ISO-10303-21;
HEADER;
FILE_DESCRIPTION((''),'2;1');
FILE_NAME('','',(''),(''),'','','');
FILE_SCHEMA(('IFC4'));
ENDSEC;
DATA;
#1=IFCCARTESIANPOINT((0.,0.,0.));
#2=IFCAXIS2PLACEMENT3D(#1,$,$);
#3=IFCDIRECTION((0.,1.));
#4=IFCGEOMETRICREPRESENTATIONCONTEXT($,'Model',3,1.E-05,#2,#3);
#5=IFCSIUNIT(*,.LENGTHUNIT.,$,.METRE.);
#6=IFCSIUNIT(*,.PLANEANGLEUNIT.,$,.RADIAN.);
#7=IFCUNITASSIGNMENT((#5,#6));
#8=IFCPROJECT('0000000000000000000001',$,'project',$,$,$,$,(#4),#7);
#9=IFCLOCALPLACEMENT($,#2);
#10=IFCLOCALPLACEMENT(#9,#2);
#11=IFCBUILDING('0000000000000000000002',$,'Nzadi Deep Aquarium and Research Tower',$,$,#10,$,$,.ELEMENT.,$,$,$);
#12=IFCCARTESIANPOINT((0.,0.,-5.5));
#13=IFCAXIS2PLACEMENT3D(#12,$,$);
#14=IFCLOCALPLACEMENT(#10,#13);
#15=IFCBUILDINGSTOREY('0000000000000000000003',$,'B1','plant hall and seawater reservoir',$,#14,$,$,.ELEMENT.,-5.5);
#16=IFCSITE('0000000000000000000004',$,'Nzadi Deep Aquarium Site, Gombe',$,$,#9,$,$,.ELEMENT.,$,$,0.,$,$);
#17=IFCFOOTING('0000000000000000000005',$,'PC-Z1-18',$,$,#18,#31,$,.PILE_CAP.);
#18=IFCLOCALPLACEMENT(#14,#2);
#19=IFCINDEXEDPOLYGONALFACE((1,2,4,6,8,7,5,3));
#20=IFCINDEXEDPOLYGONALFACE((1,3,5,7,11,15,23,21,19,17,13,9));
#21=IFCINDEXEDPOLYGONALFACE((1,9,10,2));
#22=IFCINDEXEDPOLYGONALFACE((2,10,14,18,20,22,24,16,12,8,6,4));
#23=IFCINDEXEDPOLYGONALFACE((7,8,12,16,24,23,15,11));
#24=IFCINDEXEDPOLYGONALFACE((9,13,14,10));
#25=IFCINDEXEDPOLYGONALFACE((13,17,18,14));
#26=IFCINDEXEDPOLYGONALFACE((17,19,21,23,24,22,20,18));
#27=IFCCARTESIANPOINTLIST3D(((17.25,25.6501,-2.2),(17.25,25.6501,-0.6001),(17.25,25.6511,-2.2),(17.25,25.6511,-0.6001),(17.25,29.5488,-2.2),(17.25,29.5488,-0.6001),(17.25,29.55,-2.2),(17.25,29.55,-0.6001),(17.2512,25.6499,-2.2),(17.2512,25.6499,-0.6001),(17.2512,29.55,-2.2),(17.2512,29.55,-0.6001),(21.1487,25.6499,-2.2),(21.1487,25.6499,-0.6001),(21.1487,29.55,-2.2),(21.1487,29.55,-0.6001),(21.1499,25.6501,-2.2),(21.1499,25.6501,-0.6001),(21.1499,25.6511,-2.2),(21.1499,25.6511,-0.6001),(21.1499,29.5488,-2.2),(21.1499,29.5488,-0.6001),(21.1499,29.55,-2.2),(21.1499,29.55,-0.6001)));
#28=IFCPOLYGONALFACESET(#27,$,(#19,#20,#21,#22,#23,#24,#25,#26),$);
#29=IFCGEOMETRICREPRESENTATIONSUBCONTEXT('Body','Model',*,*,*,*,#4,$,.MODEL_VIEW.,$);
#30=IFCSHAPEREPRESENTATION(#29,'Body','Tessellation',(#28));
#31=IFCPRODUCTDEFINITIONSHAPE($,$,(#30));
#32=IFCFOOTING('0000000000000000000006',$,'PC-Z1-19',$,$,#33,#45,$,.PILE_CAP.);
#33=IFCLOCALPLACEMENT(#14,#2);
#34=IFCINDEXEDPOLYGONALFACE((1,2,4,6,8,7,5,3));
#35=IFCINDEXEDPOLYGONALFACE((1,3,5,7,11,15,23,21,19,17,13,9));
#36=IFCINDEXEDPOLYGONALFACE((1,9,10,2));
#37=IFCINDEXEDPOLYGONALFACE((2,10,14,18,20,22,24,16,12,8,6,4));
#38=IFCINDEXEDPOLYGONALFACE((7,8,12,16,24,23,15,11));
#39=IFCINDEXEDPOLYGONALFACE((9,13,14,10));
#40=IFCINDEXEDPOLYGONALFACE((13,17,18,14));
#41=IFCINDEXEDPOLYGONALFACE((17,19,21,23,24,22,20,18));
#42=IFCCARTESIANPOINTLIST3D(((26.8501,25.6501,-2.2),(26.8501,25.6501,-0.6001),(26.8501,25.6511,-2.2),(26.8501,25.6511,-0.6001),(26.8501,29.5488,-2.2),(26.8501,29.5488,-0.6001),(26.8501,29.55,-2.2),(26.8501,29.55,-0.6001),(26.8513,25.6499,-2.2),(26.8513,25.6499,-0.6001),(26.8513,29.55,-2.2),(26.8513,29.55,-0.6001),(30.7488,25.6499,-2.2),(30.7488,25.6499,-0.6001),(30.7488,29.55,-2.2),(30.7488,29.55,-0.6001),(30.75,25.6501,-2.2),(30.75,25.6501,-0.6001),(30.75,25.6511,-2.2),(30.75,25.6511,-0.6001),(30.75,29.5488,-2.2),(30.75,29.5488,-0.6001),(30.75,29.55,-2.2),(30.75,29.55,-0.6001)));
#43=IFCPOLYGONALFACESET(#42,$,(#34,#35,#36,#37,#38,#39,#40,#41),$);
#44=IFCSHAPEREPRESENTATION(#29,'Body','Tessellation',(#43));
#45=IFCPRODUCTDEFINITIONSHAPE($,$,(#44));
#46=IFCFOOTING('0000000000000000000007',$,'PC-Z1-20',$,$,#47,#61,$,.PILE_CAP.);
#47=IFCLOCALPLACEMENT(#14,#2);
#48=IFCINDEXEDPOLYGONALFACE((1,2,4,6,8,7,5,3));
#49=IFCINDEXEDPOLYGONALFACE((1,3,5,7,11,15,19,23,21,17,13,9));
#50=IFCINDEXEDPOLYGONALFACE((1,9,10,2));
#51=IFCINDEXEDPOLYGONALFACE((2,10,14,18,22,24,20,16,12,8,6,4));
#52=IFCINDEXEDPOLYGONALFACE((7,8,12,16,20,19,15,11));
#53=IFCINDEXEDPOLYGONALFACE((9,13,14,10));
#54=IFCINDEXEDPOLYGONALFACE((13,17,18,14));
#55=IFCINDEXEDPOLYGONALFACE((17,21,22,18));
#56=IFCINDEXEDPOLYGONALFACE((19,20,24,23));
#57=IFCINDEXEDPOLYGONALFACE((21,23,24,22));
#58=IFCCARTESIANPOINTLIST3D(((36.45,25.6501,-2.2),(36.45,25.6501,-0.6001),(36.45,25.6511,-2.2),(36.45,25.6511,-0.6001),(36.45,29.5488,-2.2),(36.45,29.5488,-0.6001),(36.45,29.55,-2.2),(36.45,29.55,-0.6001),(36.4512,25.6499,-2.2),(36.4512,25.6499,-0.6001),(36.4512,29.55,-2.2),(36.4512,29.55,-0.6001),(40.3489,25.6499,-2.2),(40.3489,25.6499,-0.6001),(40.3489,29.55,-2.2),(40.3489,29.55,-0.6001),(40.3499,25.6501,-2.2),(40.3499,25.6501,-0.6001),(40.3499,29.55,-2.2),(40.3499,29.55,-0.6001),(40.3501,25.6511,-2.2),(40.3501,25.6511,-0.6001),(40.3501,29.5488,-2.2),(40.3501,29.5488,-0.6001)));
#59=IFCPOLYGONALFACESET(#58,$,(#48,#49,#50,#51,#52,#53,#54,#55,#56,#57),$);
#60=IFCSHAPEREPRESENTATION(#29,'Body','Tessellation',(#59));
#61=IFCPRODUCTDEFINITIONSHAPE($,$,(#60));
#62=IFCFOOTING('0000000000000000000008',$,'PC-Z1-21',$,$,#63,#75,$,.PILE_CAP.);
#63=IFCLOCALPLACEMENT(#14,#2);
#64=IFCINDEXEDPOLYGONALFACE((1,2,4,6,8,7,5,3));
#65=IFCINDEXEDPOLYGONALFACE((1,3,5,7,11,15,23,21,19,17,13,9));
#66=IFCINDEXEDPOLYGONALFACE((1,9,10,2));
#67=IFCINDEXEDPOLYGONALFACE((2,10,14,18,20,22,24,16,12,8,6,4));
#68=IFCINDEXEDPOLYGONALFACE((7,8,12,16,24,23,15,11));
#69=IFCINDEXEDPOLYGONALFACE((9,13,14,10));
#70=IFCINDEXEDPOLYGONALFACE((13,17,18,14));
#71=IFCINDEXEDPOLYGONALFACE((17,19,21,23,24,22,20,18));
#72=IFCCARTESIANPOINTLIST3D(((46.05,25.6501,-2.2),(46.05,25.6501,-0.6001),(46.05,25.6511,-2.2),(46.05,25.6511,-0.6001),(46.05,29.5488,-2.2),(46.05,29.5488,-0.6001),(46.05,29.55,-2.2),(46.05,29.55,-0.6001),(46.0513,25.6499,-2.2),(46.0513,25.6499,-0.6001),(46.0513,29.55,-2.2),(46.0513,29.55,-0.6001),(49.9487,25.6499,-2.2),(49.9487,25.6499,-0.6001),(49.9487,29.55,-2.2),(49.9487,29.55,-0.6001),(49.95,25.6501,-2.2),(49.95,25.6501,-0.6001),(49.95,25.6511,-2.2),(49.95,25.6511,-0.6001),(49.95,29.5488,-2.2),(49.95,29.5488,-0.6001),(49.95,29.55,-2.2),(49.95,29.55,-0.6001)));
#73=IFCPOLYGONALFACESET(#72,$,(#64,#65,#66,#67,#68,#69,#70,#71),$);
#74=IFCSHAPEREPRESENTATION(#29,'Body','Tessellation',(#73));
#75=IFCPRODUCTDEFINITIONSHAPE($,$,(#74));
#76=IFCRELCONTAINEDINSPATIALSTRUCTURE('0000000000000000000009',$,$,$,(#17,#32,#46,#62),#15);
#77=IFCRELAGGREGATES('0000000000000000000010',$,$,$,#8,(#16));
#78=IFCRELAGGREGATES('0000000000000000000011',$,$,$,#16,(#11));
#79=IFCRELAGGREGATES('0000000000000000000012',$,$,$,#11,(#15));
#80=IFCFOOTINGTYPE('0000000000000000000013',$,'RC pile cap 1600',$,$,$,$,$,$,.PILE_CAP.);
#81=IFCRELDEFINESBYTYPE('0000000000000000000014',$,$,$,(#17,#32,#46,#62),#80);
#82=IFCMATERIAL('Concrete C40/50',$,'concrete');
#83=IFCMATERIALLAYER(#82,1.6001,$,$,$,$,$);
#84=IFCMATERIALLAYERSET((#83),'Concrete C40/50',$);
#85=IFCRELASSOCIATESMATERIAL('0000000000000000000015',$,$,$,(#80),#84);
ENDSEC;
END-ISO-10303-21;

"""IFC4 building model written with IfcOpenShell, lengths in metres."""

from ifc_helpers import new_model, si_unit, direction, frame, origin, place, context, subcontext, project, spatial, polyline, outline, extrude, material, layer, layer_set, type_object, element, save


model = new_model("IFC4")

# Units and contexts
model_context = context("Model", 3, precision=1e-05, world=origin(), true_north=direction((0.0, 1.0)))
body_context = subcontext(model_context, "Body", "Model", "MODEL_VIEW")
ifc_project = project(units=[si_unit("LENGTHUNIT", "METRE"), si_unit("PLANEANGLEUNIT", "RADIAN")], contexts=[model_context])

# Site, building, storey
site_placement = place(None, origin())
site = spatial("IfcSite", under=ifc_project, at=site_placement, Name="Nzadi Deep Aquarium Site, Gombe", CompositionType="ELEMENT", RefElevation=0.0)
building_placement = place(site_placement, origin())
building = spatial("IfcBuilding", under=site, at=building_placement, Name="Nzadi Deep Aquarium and Research Tower", CompositionType="ELEMENT")
storey_placement = place(building_placement, frame((0.0, 0.0, -5.5)))
storey = spatial("IfcBuildingStorey", under=building, at=storey_placement, Name="B1", Description="plant hall and seawater reservoir", CompositionType="ELEMENT", Elevation=-5.5)

# Footings
ifc_material_1 = material(Name="Concrete C40/50", Category="concrete")
ifc_layer_1 = layer(ifc_material_1, 1.6001)
ifc_layer_set_1 = layer_set([ifc_layer_1], Name="Concrete C40/50")
footing_type_1 = type_object("IfcFootingType", Name="RC pile cap 1600", PredefinedType="PILE_CAP", material=ifc_layer_set_1)
footing_1_placement = place(storey_placement, frame((0.0, 0.0, -2.2)))
element("IfcFooting", 1, at=footing_1_placement, inside=storey, type_object=footing_type_1, Name="PC-Z1-18", PredefinedType="PILE_CAP", context=body_context, shape_type="SweptSolid", body=[
    extrude(outline(polyline([(17.25, 29.5488), (17.25, 25.6511), (17.25, 25.6501), (17.2512, 25.6499), (21.1487, 25.6499), (21.1499, 25.6501), (21.1499, 25.6511), (21.1499, 29.5488), (21.1499, 29.55), (21.1487, 29.55), (17.2512, 29.55), (17.25, 29.55), (17.25, 29.5488)])), origin(), (0.0, 0.0, 1.0), 1.5999),
])
footing_2_placement = place(storey_placement, frame((0.0, 0.0, -2.2)))
element("IfcFooting", 2, at=footing_2_placement, inside=storey, type_object=footing_type_1, Name="PC-Z1-19", PredefinedType="PILE_CAP", context=body_context, shape_type="SweptSolid", body=[
    extrude(outline(polyline([(26.8501, 29.5488), (26.8501, 25.6511), (26.8501, 25.6501), (26.8513, 25.6499), (30.7488, 25.6499), (30.75, 25.6501), (30.75, 25.6511), (30.75, 29.5488), (30.75, 29.55), (30.7488, 29.55), (26.8513, 29.55), (26.8501, 29.55), (26.8501, 29.5488)])), origin(), (0.0, 0.0, 1.0), 1.5999),
])
footing_3_placement = place(storey_placement, frame((0.0, 0.0, -2.2)))
element("IfcFooting", 3, at=footing_3_placement, inside=storey, type_object=footing_type_1, Name="PC-Z1-20", PredefinedType="PILE_CAP", context=body_context, shape_type="SweptSolid", body=[
    extrude(outline(polyline([(36.45, 29.5488), (36.45, 25.6511), (36.45, 25.6501), (36.4512, 25.6499), (40.3489, 25.6499), (40.3499, 25.6501), (40.3501, 25.6511), (40.3501, 29.5488), (40.3499, 29.55), (40.3489, 29.55), (36.4512, 29.55), (36.45, 29.55), (36.45, 29.5488)])), origin(), (0.0, 0.0, 1.0), 1.5999),
])
footing_4_placement = place(storey_placement, frame((0.0, 0.0, -2.2)))
element("IfcFooting", 4, at=footing_4_placement, inside=storey, type_object=footing_type_1, Name="PC-Z1-21", PredefinedType="PILE_CAP", context=body_context, shape_type="SweptSolid", body=[
    extrude(outline(polyline([(46.05, 29.5488), (46.05, 25.6511), (46.05, 25.6501), (46.0513, 25.6499), (49.9487, 25.6499), (49.95, 25.6501), (49.95, 25.6511), (49.95, 29.5488), (49.95, 29.55), (49.9487, 29.55), (46.0513, 29.55), (46.05, 29.55), (46.05, 29.5488)])), origin(), (0.0, 0.0, 1.0), 1.5999),
])

save(model, "model.ifc")
